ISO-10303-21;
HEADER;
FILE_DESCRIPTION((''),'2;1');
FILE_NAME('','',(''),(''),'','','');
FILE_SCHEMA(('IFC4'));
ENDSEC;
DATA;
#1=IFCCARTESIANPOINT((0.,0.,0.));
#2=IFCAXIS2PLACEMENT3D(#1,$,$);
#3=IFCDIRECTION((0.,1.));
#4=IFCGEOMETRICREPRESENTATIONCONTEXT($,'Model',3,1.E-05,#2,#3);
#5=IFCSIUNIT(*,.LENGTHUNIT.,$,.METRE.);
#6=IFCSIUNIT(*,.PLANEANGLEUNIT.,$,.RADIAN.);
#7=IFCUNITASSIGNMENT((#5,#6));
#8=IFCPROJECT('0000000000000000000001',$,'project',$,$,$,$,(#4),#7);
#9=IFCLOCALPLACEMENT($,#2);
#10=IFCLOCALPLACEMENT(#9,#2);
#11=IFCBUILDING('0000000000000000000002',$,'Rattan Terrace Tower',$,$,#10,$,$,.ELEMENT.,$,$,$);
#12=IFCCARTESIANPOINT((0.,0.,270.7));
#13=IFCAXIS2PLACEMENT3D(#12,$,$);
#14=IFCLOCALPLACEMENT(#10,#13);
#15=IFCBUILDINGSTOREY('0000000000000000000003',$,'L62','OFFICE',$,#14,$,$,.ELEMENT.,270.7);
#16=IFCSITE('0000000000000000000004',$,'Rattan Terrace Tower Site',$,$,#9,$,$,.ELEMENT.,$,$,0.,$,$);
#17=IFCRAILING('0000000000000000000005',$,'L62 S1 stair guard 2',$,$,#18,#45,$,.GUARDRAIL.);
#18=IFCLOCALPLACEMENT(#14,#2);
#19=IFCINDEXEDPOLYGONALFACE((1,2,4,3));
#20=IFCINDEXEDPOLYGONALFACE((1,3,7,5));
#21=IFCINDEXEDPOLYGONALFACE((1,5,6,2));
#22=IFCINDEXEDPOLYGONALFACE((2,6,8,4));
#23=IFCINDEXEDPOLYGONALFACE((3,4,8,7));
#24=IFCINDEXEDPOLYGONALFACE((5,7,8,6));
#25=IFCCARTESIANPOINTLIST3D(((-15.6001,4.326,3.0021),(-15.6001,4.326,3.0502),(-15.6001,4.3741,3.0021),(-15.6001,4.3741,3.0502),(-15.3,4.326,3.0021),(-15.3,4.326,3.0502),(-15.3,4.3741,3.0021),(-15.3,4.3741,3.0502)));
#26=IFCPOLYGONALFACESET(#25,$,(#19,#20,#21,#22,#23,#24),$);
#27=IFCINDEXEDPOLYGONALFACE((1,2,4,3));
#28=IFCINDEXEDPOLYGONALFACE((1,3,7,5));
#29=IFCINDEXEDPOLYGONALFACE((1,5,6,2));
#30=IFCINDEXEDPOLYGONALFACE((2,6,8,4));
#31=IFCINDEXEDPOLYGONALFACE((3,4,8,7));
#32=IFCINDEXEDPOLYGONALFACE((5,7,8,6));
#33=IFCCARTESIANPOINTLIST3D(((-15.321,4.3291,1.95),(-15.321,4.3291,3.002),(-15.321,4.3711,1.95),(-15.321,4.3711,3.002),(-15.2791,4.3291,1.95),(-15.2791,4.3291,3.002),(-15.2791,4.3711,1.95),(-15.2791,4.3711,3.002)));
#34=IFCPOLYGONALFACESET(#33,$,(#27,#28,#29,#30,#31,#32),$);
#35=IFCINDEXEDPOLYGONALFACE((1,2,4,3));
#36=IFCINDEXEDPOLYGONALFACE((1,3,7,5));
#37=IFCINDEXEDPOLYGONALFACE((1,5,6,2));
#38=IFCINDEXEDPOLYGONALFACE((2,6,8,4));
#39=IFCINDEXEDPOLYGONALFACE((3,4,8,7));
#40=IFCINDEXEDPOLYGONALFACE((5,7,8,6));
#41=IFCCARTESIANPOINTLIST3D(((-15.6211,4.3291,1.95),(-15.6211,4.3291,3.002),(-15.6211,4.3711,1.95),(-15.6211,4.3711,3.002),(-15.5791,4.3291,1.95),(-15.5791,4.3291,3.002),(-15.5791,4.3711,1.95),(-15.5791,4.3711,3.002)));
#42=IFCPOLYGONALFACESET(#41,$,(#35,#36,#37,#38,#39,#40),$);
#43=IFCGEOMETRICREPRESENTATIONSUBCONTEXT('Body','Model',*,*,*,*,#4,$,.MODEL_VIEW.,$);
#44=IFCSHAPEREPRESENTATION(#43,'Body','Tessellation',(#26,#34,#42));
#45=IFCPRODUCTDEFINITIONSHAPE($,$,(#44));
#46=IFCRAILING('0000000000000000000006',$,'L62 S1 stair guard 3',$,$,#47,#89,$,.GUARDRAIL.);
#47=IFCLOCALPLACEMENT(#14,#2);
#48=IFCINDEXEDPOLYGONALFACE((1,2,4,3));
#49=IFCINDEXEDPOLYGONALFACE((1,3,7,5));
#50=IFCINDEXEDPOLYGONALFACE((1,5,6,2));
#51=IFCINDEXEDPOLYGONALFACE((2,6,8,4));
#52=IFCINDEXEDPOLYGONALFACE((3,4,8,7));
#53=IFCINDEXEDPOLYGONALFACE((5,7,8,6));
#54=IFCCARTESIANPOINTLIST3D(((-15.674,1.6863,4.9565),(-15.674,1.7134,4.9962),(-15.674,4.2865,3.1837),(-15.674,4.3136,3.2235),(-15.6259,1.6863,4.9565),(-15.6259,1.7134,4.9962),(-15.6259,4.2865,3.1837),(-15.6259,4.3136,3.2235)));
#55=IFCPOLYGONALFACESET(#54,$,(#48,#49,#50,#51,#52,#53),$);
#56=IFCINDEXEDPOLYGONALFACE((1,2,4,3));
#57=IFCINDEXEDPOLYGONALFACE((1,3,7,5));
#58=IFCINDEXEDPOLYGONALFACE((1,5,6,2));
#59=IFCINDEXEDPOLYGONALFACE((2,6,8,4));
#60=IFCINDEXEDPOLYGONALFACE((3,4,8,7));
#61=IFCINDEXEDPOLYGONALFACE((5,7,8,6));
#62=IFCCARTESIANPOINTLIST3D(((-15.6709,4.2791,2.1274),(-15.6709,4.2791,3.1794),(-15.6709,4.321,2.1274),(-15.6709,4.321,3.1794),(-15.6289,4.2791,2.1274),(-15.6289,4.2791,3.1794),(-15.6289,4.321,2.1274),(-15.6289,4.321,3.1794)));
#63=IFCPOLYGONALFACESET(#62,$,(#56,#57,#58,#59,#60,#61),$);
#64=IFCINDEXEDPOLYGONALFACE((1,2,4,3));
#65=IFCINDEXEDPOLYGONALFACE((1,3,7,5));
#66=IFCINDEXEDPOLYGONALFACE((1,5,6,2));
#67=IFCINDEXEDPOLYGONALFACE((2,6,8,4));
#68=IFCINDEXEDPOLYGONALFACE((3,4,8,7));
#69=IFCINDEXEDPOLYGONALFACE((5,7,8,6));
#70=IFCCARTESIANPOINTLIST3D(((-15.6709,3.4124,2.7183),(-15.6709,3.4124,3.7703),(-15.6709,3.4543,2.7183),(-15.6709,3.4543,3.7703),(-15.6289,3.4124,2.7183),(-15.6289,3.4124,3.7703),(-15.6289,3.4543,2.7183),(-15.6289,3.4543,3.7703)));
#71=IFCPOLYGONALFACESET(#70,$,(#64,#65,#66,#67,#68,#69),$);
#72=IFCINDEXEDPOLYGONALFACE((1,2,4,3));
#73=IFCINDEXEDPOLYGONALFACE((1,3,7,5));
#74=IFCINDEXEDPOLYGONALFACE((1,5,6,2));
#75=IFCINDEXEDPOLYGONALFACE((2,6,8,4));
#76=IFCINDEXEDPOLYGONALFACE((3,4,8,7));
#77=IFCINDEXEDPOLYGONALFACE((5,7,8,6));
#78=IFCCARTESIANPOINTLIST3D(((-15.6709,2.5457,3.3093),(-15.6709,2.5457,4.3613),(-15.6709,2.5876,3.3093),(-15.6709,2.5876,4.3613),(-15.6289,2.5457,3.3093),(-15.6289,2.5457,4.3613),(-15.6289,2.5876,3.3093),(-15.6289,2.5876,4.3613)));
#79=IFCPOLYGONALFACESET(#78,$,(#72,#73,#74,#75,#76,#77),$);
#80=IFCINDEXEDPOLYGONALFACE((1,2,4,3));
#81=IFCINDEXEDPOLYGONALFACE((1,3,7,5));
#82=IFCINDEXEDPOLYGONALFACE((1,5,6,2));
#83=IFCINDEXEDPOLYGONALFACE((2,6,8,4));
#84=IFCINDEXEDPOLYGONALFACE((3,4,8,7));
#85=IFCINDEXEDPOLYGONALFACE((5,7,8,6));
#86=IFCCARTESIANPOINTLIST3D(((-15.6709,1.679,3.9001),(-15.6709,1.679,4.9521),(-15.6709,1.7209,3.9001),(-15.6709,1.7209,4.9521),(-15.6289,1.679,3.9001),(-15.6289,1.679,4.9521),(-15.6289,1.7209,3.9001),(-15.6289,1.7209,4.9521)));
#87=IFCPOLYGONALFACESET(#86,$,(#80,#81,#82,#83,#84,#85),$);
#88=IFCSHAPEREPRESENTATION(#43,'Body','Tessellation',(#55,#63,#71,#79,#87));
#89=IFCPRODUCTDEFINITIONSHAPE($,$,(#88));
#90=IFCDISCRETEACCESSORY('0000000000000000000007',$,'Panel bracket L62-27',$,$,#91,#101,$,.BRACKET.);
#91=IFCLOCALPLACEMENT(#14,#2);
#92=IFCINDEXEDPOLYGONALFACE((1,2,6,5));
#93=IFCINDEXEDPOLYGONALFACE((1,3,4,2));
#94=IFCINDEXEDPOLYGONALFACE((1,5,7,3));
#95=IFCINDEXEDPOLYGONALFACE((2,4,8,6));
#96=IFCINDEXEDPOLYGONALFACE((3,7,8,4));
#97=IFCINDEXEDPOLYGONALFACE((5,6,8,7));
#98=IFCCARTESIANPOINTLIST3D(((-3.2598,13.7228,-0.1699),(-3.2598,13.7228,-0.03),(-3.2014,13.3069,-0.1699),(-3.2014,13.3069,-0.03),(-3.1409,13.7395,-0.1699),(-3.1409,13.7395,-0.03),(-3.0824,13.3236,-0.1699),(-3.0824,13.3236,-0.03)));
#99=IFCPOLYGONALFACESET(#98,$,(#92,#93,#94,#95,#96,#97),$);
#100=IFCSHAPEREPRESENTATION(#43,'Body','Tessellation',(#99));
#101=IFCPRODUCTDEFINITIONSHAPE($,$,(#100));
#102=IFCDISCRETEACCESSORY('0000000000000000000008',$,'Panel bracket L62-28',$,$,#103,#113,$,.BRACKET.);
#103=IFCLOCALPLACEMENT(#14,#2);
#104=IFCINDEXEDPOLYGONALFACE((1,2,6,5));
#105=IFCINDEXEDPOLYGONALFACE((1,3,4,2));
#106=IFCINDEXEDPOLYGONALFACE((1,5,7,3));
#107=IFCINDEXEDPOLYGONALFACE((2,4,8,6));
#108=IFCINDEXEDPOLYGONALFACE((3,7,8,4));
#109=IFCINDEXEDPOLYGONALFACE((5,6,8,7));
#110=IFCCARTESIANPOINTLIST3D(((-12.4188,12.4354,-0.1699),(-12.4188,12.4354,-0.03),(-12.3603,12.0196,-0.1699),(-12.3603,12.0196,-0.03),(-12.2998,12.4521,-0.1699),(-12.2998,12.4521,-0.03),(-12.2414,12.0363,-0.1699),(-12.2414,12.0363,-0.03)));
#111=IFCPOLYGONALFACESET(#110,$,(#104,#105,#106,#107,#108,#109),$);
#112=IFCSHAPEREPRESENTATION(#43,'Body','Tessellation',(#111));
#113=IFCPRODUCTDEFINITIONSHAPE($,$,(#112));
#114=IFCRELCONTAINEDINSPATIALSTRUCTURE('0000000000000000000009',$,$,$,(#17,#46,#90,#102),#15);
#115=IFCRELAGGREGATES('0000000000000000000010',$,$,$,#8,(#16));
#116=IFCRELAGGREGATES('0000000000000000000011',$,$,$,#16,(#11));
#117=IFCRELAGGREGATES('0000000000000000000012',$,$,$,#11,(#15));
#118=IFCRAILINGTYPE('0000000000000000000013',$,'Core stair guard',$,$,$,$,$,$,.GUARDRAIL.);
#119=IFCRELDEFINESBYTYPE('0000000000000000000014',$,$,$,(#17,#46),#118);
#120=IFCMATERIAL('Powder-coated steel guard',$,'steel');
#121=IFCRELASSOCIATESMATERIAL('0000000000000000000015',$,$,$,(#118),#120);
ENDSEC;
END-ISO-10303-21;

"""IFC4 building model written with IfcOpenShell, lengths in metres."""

from ifc_helpers import new_model, si_unit, direction, frame, origin, origin_2d, place, context, subcontext, project, spatial, rectangle, extrude, material, type_object, element, save


model = new_model("IFC4")

# Units and contexts
model_context = context("Model", 3, precision=1e-05, world=origin(), true_north=direction((0.0, 1.0)))
body_context = subcontext(model_context, "Body", "Model", "MODEL_VIEW")
ifc_project = project(units=[si_unit("LENGTHUNIT", "METRE"), si_unit("PLANEANGLEUNIT", "RADIAN")], contexts=[model_context])

# Site, building, storey
site_placement = place(None, origin())
site = spatial("IfcSite", under=ifc_project, at=site_placement, Name="Rattan Terrace Tower Site", CompositionType="ELEMENT", RefElevation=0.0)
building_placement = place(site_placement, origin())
building = spatial("IfcBuilding", under=site, at=building_placement, Name="Rattan Terrace Tower", CompositionType="ELEMENT")
storey_placement = place(building_placement, frame((0.0, 0.0, 270.7)))
storey = spatial("IfcBuildingStorey", under=building, at=storey_placement, Name="L62", Description="OFFICE", CompositionType="ELEMENT", Elevation=270.7)

# Railings
ifc_material_1 = material(Name="Powder-coated steel guard", Category="steel")
railing_type = type_object("IfcRailingType", Name="Core stair guard", PredefinedType="GUARDRAIL", material=ifc_material_1)
railing_1_placement = place(storey_placement, frame((-15.3, 4.3501, 1.95)))
element("IfcRailing", 1, at=railing_1_placement, inside=storey, type_object=railing_type, Name="L62 S1 stair guard 2", PredefinedType="GUARDRAIL", context=body_context, shape_type="SweptSolid", body=[
    extrude(rectangle(XDim=0.0481, YDim=0.0481, at=origin_2d()), frame((0.0, 0.0, 1.0762), z_axis=(-1.0, 0.0, 0.0), x_axis=(0.0, -1.0, 0.0)), (0.0, 0.0, 1.0), 0.3),
    extrude(rectangle(XDim=0.042, YDim=0.042, at=origin_2d()), origin(), (0.0, 0.0, 1.0), 1.052),
    extrude(rectangle(XDim=0.042, YDim=0.042, at=origin_2d()), frame((-0.3, 0.0, 0.0)), (0.0, 0.0, 1.0), 1.052),
])
railing_2_placement = place(storey_placement, frame((-15.6499, 4.3, 2.1274)))
element("IfcRailing", 2, at=railing_2_placement, inside=storey, type_object=railing_type, Name="L62 S1 stair guard 3", PredefinedType="GUARDRAIL", context=body_context, shape_type="SweptSolid", body=[
    extrude(rectangle(XDim=0.0481, YDim=0.0481, at=origin_2d()), frame((0.0, 0.0, 1.0762), z_axis=(0.0, -0.82624, 0.563318), x_axis=(1.0, 0.0, 0.0)), (0.0, 0.0, 1.0), 3.147),
    extrude(rectangle(XDim=0.042, YDim=0.042, at=origin_2d()), origin(), (0.0, 0.0, 1.0), 1.052),
    extrude(rectangle(XDim=0.042, YDim=0.042, at=origin_2d()), frame((0.0, -0.8667, 0.5908)), (0.0, 0.0, 1.0), 1.052),
    extrude(rectangle(XDim=0.042, YDim=0.042, at=origin_2d()), frame((0.0, -1.7334, 1.1819)), (0.0, 0.0, 1.0), 1.052),
    extrude(rectangle(XDim=0.042, YDim=0.042, at=origin_2d()), frame((0.0, -2.6001, 1.7727)), (0.0, 0.0, 1.0), 1.052),
])

# Discrete accessories
for number, where, z_axis, x_axis, name in (
    (3, (-3.1711, 13.5232, -0.1699), (0.0, 0.0, 1.0), (-0.990266, -0.139189, 0.0), "Panel bracket L62-27"),
    (4, (-12.3301, 12.2358, -0.1699), (0.0, 0.0, 1.0), (-0.990266, -0.139189, 0.0), "Panel bracket L62-28"),
):
    element("IfcDiscreteAccessory", number, at=place(storey_placement, frame(where, z_axis=z_axis, x_axis=x_axis)), inside=storey, Name=name, PredefinedType="BRACKET", context=body_context, shape_type="SweptSolid", body=[
        extrude(rectangle(XDim=0.1201, YDim=0.4199, at=origin_2d()), origin(), (0.0, 0.0, 1.0), 0.1399),
    ])

save(model, "model.ifc")
